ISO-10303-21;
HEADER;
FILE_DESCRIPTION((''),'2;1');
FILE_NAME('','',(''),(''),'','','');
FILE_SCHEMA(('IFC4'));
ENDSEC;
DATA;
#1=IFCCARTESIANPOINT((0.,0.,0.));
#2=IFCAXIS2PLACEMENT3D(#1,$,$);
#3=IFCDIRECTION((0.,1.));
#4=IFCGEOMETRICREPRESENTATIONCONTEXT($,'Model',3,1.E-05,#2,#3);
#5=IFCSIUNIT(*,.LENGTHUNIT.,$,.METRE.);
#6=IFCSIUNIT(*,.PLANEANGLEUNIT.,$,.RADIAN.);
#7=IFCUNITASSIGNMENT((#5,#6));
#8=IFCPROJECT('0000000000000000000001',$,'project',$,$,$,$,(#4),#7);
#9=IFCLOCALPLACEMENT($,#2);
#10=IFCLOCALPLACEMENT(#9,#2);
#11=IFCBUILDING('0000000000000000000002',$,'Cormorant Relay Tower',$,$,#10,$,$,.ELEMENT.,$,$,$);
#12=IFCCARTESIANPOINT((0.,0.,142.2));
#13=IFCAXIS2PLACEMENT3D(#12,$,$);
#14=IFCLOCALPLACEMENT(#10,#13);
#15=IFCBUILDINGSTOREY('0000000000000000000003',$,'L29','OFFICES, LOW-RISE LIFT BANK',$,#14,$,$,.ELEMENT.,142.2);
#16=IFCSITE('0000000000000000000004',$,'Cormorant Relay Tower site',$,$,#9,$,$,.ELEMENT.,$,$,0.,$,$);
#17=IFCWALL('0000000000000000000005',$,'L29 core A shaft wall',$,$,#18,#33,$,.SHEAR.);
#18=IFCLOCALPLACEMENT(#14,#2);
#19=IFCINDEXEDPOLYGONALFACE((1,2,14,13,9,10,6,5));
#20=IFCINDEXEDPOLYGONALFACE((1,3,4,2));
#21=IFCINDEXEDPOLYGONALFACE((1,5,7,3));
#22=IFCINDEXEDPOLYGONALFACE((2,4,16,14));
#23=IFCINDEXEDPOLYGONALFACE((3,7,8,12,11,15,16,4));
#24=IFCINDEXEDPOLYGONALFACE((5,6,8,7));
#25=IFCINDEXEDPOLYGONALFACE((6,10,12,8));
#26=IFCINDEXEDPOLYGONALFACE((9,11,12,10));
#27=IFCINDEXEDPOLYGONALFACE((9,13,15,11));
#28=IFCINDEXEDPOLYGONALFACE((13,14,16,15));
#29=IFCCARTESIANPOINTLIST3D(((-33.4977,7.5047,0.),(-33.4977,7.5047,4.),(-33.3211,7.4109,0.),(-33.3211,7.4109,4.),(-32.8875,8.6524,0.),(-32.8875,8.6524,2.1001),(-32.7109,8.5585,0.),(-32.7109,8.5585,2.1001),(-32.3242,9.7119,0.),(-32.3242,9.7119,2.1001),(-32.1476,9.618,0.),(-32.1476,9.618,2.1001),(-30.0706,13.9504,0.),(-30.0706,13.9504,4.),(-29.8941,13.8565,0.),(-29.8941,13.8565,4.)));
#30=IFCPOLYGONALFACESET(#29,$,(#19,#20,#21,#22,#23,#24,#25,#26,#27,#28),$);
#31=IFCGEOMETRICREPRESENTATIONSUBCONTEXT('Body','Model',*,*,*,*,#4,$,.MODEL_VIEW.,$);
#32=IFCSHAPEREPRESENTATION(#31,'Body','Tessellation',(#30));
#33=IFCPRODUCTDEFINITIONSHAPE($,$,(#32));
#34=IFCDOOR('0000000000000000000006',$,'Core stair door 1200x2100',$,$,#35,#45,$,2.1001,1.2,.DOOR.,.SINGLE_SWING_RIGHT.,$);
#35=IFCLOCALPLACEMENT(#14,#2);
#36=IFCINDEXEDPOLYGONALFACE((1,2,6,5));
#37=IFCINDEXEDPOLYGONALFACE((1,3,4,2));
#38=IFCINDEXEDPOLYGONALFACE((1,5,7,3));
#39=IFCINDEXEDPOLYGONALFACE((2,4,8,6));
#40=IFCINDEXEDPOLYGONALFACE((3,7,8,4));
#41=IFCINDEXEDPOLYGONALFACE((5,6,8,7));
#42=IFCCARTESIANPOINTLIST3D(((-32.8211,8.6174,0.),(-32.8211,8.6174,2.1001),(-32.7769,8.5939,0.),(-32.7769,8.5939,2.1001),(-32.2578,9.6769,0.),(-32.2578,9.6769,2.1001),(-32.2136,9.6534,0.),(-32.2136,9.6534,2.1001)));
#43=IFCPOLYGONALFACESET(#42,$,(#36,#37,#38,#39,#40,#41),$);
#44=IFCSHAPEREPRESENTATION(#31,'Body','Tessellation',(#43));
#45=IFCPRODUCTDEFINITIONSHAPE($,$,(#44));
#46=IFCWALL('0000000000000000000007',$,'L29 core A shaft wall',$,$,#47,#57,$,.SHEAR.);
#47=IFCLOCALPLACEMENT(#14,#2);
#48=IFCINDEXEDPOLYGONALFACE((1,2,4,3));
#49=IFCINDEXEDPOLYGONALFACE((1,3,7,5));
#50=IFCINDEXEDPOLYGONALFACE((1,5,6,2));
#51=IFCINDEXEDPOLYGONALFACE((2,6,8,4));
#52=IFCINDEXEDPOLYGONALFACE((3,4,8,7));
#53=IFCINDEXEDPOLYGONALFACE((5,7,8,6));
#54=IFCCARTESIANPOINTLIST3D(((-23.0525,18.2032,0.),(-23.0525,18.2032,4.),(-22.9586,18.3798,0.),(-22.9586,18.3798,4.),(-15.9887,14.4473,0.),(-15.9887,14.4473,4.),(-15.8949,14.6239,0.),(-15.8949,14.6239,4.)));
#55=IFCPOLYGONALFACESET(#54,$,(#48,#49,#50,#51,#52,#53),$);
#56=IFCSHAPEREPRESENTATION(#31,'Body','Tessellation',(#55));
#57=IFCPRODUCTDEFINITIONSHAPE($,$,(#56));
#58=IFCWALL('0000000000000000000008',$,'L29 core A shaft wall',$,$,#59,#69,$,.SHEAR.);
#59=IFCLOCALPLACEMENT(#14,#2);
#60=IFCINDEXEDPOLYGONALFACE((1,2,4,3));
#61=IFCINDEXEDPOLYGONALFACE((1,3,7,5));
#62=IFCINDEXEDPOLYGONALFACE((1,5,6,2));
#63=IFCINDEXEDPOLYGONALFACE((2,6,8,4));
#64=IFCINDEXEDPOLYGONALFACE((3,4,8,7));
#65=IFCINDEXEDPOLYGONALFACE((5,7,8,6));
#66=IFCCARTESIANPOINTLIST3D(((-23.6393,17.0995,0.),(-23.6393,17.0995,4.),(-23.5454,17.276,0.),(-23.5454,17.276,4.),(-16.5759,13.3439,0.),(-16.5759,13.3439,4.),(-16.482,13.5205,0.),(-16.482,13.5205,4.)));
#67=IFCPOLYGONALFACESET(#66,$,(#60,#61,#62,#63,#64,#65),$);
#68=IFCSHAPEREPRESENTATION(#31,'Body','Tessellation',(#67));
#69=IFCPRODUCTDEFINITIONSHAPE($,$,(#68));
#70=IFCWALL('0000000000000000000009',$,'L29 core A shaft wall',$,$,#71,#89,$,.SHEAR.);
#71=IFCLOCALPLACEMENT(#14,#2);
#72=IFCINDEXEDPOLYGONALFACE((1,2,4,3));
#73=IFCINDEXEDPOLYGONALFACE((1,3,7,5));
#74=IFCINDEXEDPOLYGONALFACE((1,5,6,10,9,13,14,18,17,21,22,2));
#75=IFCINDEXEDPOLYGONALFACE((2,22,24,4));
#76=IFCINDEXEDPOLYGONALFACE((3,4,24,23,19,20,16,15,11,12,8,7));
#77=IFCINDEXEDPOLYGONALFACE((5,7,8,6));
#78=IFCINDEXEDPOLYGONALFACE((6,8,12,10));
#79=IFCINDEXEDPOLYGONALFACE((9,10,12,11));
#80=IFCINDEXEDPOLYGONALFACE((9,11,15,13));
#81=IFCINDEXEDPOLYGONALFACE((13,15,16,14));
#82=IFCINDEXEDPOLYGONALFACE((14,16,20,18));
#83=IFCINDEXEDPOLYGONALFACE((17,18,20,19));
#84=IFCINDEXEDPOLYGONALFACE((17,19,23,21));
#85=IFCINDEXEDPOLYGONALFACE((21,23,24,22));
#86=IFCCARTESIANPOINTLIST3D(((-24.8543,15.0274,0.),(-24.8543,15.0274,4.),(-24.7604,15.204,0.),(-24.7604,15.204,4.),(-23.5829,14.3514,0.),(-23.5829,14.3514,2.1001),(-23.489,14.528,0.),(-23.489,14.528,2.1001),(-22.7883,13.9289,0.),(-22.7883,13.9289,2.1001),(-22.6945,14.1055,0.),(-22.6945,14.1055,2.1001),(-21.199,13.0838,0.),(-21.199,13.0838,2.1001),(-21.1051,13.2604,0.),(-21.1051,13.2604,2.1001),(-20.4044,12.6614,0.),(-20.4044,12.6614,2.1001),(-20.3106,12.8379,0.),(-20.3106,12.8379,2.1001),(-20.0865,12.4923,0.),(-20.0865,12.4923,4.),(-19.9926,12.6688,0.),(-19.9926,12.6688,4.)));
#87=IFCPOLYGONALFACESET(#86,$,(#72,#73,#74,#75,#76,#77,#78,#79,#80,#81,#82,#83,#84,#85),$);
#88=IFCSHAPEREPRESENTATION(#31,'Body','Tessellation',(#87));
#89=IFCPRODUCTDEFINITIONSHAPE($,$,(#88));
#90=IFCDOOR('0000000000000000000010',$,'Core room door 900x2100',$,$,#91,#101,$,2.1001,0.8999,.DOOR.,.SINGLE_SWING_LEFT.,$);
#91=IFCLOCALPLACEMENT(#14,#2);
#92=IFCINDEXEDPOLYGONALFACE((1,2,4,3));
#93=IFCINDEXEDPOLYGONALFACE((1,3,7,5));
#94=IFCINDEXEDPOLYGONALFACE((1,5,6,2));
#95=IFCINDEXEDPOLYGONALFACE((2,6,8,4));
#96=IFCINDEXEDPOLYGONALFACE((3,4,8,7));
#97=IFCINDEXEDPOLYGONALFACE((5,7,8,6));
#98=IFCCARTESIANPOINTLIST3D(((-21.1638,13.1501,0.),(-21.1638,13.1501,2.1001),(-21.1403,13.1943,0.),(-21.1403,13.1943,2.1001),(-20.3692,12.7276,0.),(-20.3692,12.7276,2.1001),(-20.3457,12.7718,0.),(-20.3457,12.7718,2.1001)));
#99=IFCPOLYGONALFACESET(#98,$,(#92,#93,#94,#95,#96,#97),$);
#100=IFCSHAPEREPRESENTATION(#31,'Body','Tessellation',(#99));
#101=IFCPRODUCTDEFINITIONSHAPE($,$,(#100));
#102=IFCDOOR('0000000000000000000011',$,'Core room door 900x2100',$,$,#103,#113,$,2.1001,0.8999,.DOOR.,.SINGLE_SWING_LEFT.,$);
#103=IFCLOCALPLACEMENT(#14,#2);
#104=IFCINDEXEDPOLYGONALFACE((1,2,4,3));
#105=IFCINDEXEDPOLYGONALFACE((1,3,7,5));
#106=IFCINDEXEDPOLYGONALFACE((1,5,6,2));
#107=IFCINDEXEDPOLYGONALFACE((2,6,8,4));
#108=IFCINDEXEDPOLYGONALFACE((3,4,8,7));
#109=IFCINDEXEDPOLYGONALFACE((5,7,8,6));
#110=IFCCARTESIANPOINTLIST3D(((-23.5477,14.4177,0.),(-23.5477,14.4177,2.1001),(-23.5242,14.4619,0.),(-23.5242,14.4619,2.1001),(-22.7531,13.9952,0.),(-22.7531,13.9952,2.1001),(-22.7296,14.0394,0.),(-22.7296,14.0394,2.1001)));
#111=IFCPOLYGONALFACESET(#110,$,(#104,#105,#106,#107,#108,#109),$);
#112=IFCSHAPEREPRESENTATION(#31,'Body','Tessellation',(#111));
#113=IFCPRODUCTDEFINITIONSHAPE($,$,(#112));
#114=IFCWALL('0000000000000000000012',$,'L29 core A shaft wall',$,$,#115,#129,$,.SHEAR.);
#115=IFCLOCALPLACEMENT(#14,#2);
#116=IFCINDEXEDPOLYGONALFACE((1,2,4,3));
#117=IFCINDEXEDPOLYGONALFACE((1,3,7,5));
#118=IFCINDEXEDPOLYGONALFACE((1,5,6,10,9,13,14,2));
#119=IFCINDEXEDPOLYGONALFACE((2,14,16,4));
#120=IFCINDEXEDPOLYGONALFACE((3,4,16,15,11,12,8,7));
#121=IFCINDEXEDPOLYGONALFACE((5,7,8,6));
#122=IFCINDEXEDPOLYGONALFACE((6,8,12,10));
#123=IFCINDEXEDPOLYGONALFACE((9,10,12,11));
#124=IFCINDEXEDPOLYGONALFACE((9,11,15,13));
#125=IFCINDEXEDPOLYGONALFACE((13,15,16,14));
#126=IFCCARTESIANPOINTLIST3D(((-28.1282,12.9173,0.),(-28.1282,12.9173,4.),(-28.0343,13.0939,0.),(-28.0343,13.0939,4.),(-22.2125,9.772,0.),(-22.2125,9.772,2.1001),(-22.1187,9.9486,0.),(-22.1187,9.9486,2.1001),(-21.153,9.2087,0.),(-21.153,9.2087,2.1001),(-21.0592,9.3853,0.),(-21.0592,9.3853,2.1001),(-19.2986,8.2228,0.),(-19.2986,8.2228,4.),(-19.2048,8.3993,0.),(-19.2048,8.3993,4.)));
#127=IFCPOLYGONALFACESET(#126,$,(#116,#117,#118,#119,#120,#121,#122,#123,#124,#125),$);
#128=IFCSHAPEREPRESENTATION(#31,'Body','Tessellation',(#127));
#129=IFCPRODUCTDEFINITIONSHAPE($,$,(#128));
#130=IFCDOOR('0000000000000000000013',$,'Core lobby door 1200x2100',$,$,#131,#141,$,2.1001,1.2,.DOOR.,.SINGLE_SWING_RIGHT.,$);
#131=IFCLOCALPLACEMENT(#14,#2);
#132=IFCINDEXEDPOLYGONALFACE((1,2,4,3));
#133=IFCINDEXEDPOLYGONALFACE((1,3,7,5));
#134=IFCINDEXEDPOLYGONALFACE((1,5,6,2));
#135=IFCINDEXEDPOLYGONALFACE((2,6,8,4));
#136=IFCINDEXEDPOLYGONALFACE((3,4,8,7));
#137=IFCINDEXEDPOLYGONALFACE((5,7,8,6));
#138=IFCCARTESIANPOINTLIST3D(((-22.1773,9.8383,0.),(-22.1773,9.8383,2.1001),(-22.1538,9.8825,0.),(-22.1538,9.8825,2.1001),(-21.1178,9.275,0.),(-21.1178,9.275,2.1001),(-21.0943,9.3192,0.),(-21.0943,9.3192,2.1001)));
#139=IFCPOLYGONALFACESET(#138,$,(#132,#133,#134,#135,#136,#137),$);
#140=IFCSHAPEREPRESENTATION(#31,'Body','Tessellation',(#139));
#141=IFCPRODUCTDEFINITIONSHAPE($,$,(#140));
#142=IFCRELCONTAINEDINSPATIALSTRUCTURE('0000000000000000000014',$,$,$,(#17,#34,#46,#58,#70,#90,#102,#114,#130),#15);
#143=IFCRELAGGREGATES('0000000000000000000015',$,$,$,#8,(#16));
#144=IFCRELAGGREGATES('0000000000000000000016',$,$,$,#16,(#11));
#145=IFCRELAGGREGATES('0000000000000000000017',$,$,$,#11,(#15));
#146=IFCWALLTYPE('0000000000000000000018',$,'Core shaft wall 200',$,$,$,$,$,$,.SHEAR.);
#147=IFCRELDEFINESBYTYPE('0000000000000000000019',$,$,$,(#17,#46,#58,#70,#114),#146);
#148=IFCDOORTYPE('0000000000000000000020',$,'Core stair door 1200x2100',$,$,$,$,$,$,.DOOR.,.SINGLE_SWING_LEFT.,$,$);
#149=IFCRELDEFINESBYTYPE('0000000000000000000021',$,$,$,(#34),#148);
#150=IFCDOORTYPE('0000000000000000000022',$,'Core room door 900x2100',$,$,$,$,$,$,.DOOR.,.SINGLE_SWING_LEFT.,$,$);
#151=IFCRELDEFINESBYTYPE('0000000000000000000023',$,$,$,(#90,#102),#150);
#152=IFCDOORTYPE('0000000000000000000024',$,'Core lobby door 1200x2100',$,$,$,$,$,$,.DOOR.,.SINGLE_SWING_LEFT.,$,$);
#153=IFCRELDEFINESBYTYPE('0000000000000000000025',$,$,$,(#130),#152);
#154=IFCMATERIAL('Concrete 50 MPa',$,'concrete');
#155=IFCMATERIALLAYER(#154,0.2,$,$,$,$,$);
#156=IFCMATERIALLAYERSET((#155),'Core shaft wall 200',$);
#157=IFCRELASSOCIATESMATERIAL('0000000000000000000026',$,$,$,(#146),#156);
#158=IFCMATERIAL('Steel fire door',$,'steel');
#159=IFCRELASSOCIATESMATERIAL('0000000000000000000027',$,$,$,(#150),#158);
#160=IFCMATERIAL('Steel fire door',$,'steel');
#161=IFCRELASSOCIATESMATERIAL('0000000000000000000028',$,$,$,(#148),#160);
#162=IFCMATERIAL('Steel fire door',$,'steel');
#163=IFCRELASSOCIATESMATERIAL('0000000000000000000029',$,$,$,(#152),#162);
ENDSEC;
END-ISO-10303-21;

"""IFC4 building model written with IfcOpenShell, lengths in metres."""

from ifc_helpers import new_model, si_unit, direction, frame, frame_2d, origin, place, context, subcontext, project, spatial, rectangle, extrude, material, layer, layer_set, type_object, element, fill, save


model = new_model("IFC4")

# Units and contexts
model_context = context("Model", 3, precision=1e-05, world=origin(), true_north=direction((0.0, 1.0)))
body_context = subcontext(model_context, "Body", "Model", "MODEL_VIEW")
ifc_project = project(units=[si_unit("LENGTHUNIT", "METRE"), si_unit("PLANEANGLEUNIT", "RADIAN")], contexts=[model_context])

# Site, building, storey
site_placement = place(None, origin())
site = spatial("IfcSite", under=ifc_project, at=site_placement, Name="Cormorant Relay Tower site", CompositionType="ELEMENT", RefElevation=0.0)
building_placement = place(site_placement, origin())
building = spatial("IfcBuilding", under=site, at=building_placement, Name="Cormorant Relay Tower", CompositionType="ELEMENT")
storey_placement = place(building_placement, frame((0.0, 0.0, 142.2)))
storey = spatial("IfcBuildingStorey", under=building, at=storey_placement, Name="L29", Description="OFFICES, LOW-RISE LIFT BANK", CompositionType="ELEMENT", Elevation=142.2)

# Shared definitions
ifc_material_1 = material(Name="Concrete 50 MPa", Category="concrete")
ifc_layer_1 = layer(ifc_material_1, 0.2)
ifc_layer_set_1 = layer_set([ifc_layer_1], Name="Core shaft wall 200")
wall_type_1 = type_object("IfcWallType", Name="Core shaft wall 200", PredefinedType="SHEAR", material=ifc_layer_set_1)

# Shared definitions
ifc_material_2 = material(Name="Steel fire door", Category="steel")
door_type_1 = type_object("IfcDoorType", Name="Core room door 900x2100", OperationType="SINGLE_SWING_LEFT", PredefinedType="DOOR", material=ifc_material_2)

# Wall, opening, door
wall_1_placement = place(storey_placement, frame((-29.9824, 13.9033, 0.0), z_axis=(0.0, 0.0, 1.0), x_axis=(-0.469454, -0.882957, 0.0)))
wall_1 = element("IfcWall", 1, at=wall_1_placement, inside=storey, type_object=wall_type_1, Name="L29 core A shaft wall", PredefinedType="SHEAR", context=body_context, shape_type="SweptSolid", body=[
    extrude(rectangle(XDim=7.3, YDim=0.2, at=frame_2d((3.6499, 0.0))), origin(), (0.0, 0.0, 1.0), 4.0),
])
opening_1_placement = place(wall_1_placement, frame((4.8, 0.0, 0.0)))
opening_1 = element("IfcOpeningElement", 2, at=opening_1_placement, cuts=wall_1, PredefinedType="OPENING", context=body_context, shape_type="SweptSolid", body=[
    extrude(rectangle(XDim=1.2, YDim=2.1001, at=frame_2d((0.6001, 1.05))), frame((0.0, 0.1099, 0.0), z_axis=(0.0, -1.0, 0.0), x_axis=(1.0, 0.0, 0.0)), (0.0, 0.0, 1.0), 0.22),
])
ifc_material_3 = material(Name="Steel fire door", Category="steel")
door_type_2 = type_object("IfcDoorType", Name="Core stair door 1200x2100", OperationType="SINGLE_SWING_LEFT", PredefinedType="DOOR", material=ifc_material_3)
door_1_placement = place(opening_1_placement, frame((1.2, 0.0, 0.0), z_axis=(0.0, 0.0, 1.0), x_axis=(-1.0, 0.0, 0.0)))
door_1 = element("IfcDoor", 3, at=door_1_placement, inside=storey, type_object=door_type_2, Name="Core stair door 1200x2100", OperationType="SINGLE_SWING_RIGHT", OverallHeight=2.1001, OverallWidth=1.2, PredefinedType="DOOR", context=body_context, shape_type="SweptSolid", body=[
    extrude(rectangle(XDim=1.2, YDim=2.1001, at=frame_2d((0.6001, 1.05))), frame((0.0, 0.0249, 0.0), z_axis=(0.0, -1.0, 0.0), x_axis=(1.0, 0.0, 0.0)), (0.0, 0.0, 1.0), 0.05),
])
fill(opening_1, door_1)

# Walls
wall_2_placement = place(storey_placement, frame((-15.9419, 14.5356, 0.0), z_axis=(0.0, 0.0, 1.0), x_axis=(-0.882947, 0.469473, 0.0)))
element("IfcWall", 4, at=wall_2_placement, inside=storey, type_object=wall_type_1, Name="L29 core A shaft wall", PredefinedType="SHEAR", context=body_context, shape_type="SweptSolid", body=[
    extrude(rectangle(XDim=8.0002, YDim=0.2, at=frame_2d((4.0, 0.0))), origin(), (0.0, 0.0, 1.0), 4.0),
])
wall_3_placement = place(storey_placement, frame((-16.5288, 13.4321, 0.0), z_axis=(0.0, 0.0, 1.0), x_axis=(-0.882953, 0.469462, 0.0)))
element("IfcWall", 5, at=wall_3_placement, inside=storey, type_object=wall_type_1, Name="L29 core A shaft wall", PredefinedType="SHEAR", context=body_context, shape_type="SweptSolid", body=[
    extrude(rectangle(XDim=7.9998, YDim=0.2, at=frame_2d((4.0, 0.0))), origin(), (0.0, 0.0, 1.0), 4.0),
])

# Wall, openings, doors
wall_4_placement = place(storey_placement, frame((-20.0396, 12.5806, 0.0), z_axis=(0.0, 0.0, 1.0), x_axis=(-0.882943, 0.46948, 0.0)))
wall_4 = element("IfcWall", 6, at=wall_4_placement, inside=storey, type_object=wall_type_1, Name="L29 core A shaft wall", PredefinedType="SHEAR", context=body_context, shape_type="SweptSolid", body=[
    extrude(rectangle(XDim=5.3999, YDim=0.2, at=frame_2d((2.7, 0.0))), origin(), (0.0, 0.0, 1.0), 4.0),
])
opening_2_placement = place(wall_4_placement, frame((0.3601, 0.0, 0.0)))
opening_2 = element("IfcOpeningElement", 7, at=opening_2_placement, cuts=wall_4, PredefinedType="OPENING", context=body_context, shape_type="SweptSolid", body=[
    extrude(rectangle(XDim=0.8999, YDim=2.1001, at=frame_2d((0.45, 1.05))), frame((0.0, 0.1099, 0.0), z_axis=(0.0, -1.0, 0.0), x_axis=(1.0, 0.0, 0.0)), (0.0, 0.0, 1.0), 0.22),
])
opening_3_placement = place(wall_4_placement, frame((3.0601, 0.0, 0.0)))
opening_3 = element("IfcOpeningElement", 8, at=opening_3_placement, cuts=wall_4, PredefinedType="OPENING", context=body_context, shape_type="SweptSolid", body=[
    extrude(rectangle(XDim=0.8999, YDim=2.1001, at=frame_2d((0.45, 1.05))), frame((0.0, 0.1099, 0.0), z_axis=(0.0, -1.0, 0.0), x_axis=(1.0, 0.0, 0.0)), (0.0, 0.0, 1.0), 0.22),
])
door_2_placement = place(opening_2_placement, origin())
door_2 = element("IfcDoor", 9, at=door_2_placement, inside=storey, type_object=door_type_1, Name="Core room door 900x2100", OperationType="SINGLE_SWING_LEFT", OverallHeight=2.1001, OverallWidth=0.8999, PredefinedType="DOOR", context=body_context, shape_type="SweptSolid", body=[
    extrude(rectangle(XDim=0.8999, YDim=2.1001, at=frame_2d((0.45, 1.05))), frame((0.0, 0.0249, 0.0), z_axis=(0.0, -1.0, 0.0), x_axis=(1.0, 0.0, 0.0)), (0.0, 0.0, 1.0), 0.05),
])
fill(opening_2, door_2)
door_3_placement = place(opening_3_placement, origin())
door_3 = element("IfcDoor", 10, at=door_3_placement, inside=storey, type_object=door_type_1, Name="Core room door 900x2100", OperationType="SINGLE_SWING_LEFT", OverallHeight=2.1001, OverallWidth=0.8999, PredefinedType="DOOR", context=body_context, shape_type="SweptSolid", body=[
    extrude(rectangle(XDim=0.8999, YDim=2.1001, at=frame_2d((0.45, 1.05))), frame((0.0, 0.0249, 0.0), z_axis=(0.0, -1.0, 0.0), x_axis=(1.0, 0.0, 0.0)), (0.0, 0.0, 1.0), 0.05),
])
fill(opening_3, door_3)

# Wall, opening, door
wall_5_placement = place(storey_placement, frame((-19.2517, 8.311, 0.0), z_axis=(0.0, 0.0, 1.0), x_axis=(-0.882956, 0.469456, 0.0)))
wall_5 = element("IfcWall", 11, at=wall_5_placement, inside=storey, type_object=wall_type_1, Name="L29 core A shaft wall", PredefinedType="SHEAR", context=body_context, shape_type="SweptSolid", body=[
    extrude(rectangle(XDim=10.0, YDim=0.2, at=frame_2d((5.0, 0.0))), origin(), (0.0, 0.0, 1.0), 4.0),
])
opening_4_placement = place(wall_5_placement, frame((2.1001, 0.0, 0.0)))
opening_4 = element("IfcOpeningElement", 12, at=opening_4_placement, cuts=wall_5, PredefinedType="OPENING", context=body_context, shape_type="SweptSolid", body=[
    extrude(rectangle(XDim=1.2, YDim=2.1001, at=frame_2d((0.6001, 1.05))), frame((0.0, 0.1099, 0.0), z_axis=(0.0, -1.0, 0.0), x_axis=(1.0, 0.0, 0.0)), (0.0, 0.0, 1.0), 0.22),
])
ifc_material_4 = material(Name="Steel fire door", Category="steel")
door_type_3 = type_object("IfcDoorType", Name="Core lobby door 1200x2100", OperationType="SINGLE_SWING_LEFT", PredefinedType="DOOR", material=ifc_material_4)
door_4_placement = place(opening_4_placement, origin())
door_4 = element("IfcDoor", 13, at=door_4_placement, inside=storey, type_object=door_type_3, Name="Core lobby door 1200x2100", OperationType="SINGLE_SWING_RIGHT", OverallHeight=2.1001, OverallWidth=1.2, PredefinedType="DOOR", context=body_context, shape_type="SweptSolid", body=[
    extrude(rectangle(XDim=1.2, YDim=2.1001, at=frame_2d((0.6001, 1.05))), frame((0.0, 0.0249, 0.0), z_axis=(0.0, -1.0, 0.0), x_axis=(1.0, 0.0, 0.0)), (0.0, 0.0, 1.0), 0.05),
])
fill(opening_4, door_4)

save(model, "model.ifc")
